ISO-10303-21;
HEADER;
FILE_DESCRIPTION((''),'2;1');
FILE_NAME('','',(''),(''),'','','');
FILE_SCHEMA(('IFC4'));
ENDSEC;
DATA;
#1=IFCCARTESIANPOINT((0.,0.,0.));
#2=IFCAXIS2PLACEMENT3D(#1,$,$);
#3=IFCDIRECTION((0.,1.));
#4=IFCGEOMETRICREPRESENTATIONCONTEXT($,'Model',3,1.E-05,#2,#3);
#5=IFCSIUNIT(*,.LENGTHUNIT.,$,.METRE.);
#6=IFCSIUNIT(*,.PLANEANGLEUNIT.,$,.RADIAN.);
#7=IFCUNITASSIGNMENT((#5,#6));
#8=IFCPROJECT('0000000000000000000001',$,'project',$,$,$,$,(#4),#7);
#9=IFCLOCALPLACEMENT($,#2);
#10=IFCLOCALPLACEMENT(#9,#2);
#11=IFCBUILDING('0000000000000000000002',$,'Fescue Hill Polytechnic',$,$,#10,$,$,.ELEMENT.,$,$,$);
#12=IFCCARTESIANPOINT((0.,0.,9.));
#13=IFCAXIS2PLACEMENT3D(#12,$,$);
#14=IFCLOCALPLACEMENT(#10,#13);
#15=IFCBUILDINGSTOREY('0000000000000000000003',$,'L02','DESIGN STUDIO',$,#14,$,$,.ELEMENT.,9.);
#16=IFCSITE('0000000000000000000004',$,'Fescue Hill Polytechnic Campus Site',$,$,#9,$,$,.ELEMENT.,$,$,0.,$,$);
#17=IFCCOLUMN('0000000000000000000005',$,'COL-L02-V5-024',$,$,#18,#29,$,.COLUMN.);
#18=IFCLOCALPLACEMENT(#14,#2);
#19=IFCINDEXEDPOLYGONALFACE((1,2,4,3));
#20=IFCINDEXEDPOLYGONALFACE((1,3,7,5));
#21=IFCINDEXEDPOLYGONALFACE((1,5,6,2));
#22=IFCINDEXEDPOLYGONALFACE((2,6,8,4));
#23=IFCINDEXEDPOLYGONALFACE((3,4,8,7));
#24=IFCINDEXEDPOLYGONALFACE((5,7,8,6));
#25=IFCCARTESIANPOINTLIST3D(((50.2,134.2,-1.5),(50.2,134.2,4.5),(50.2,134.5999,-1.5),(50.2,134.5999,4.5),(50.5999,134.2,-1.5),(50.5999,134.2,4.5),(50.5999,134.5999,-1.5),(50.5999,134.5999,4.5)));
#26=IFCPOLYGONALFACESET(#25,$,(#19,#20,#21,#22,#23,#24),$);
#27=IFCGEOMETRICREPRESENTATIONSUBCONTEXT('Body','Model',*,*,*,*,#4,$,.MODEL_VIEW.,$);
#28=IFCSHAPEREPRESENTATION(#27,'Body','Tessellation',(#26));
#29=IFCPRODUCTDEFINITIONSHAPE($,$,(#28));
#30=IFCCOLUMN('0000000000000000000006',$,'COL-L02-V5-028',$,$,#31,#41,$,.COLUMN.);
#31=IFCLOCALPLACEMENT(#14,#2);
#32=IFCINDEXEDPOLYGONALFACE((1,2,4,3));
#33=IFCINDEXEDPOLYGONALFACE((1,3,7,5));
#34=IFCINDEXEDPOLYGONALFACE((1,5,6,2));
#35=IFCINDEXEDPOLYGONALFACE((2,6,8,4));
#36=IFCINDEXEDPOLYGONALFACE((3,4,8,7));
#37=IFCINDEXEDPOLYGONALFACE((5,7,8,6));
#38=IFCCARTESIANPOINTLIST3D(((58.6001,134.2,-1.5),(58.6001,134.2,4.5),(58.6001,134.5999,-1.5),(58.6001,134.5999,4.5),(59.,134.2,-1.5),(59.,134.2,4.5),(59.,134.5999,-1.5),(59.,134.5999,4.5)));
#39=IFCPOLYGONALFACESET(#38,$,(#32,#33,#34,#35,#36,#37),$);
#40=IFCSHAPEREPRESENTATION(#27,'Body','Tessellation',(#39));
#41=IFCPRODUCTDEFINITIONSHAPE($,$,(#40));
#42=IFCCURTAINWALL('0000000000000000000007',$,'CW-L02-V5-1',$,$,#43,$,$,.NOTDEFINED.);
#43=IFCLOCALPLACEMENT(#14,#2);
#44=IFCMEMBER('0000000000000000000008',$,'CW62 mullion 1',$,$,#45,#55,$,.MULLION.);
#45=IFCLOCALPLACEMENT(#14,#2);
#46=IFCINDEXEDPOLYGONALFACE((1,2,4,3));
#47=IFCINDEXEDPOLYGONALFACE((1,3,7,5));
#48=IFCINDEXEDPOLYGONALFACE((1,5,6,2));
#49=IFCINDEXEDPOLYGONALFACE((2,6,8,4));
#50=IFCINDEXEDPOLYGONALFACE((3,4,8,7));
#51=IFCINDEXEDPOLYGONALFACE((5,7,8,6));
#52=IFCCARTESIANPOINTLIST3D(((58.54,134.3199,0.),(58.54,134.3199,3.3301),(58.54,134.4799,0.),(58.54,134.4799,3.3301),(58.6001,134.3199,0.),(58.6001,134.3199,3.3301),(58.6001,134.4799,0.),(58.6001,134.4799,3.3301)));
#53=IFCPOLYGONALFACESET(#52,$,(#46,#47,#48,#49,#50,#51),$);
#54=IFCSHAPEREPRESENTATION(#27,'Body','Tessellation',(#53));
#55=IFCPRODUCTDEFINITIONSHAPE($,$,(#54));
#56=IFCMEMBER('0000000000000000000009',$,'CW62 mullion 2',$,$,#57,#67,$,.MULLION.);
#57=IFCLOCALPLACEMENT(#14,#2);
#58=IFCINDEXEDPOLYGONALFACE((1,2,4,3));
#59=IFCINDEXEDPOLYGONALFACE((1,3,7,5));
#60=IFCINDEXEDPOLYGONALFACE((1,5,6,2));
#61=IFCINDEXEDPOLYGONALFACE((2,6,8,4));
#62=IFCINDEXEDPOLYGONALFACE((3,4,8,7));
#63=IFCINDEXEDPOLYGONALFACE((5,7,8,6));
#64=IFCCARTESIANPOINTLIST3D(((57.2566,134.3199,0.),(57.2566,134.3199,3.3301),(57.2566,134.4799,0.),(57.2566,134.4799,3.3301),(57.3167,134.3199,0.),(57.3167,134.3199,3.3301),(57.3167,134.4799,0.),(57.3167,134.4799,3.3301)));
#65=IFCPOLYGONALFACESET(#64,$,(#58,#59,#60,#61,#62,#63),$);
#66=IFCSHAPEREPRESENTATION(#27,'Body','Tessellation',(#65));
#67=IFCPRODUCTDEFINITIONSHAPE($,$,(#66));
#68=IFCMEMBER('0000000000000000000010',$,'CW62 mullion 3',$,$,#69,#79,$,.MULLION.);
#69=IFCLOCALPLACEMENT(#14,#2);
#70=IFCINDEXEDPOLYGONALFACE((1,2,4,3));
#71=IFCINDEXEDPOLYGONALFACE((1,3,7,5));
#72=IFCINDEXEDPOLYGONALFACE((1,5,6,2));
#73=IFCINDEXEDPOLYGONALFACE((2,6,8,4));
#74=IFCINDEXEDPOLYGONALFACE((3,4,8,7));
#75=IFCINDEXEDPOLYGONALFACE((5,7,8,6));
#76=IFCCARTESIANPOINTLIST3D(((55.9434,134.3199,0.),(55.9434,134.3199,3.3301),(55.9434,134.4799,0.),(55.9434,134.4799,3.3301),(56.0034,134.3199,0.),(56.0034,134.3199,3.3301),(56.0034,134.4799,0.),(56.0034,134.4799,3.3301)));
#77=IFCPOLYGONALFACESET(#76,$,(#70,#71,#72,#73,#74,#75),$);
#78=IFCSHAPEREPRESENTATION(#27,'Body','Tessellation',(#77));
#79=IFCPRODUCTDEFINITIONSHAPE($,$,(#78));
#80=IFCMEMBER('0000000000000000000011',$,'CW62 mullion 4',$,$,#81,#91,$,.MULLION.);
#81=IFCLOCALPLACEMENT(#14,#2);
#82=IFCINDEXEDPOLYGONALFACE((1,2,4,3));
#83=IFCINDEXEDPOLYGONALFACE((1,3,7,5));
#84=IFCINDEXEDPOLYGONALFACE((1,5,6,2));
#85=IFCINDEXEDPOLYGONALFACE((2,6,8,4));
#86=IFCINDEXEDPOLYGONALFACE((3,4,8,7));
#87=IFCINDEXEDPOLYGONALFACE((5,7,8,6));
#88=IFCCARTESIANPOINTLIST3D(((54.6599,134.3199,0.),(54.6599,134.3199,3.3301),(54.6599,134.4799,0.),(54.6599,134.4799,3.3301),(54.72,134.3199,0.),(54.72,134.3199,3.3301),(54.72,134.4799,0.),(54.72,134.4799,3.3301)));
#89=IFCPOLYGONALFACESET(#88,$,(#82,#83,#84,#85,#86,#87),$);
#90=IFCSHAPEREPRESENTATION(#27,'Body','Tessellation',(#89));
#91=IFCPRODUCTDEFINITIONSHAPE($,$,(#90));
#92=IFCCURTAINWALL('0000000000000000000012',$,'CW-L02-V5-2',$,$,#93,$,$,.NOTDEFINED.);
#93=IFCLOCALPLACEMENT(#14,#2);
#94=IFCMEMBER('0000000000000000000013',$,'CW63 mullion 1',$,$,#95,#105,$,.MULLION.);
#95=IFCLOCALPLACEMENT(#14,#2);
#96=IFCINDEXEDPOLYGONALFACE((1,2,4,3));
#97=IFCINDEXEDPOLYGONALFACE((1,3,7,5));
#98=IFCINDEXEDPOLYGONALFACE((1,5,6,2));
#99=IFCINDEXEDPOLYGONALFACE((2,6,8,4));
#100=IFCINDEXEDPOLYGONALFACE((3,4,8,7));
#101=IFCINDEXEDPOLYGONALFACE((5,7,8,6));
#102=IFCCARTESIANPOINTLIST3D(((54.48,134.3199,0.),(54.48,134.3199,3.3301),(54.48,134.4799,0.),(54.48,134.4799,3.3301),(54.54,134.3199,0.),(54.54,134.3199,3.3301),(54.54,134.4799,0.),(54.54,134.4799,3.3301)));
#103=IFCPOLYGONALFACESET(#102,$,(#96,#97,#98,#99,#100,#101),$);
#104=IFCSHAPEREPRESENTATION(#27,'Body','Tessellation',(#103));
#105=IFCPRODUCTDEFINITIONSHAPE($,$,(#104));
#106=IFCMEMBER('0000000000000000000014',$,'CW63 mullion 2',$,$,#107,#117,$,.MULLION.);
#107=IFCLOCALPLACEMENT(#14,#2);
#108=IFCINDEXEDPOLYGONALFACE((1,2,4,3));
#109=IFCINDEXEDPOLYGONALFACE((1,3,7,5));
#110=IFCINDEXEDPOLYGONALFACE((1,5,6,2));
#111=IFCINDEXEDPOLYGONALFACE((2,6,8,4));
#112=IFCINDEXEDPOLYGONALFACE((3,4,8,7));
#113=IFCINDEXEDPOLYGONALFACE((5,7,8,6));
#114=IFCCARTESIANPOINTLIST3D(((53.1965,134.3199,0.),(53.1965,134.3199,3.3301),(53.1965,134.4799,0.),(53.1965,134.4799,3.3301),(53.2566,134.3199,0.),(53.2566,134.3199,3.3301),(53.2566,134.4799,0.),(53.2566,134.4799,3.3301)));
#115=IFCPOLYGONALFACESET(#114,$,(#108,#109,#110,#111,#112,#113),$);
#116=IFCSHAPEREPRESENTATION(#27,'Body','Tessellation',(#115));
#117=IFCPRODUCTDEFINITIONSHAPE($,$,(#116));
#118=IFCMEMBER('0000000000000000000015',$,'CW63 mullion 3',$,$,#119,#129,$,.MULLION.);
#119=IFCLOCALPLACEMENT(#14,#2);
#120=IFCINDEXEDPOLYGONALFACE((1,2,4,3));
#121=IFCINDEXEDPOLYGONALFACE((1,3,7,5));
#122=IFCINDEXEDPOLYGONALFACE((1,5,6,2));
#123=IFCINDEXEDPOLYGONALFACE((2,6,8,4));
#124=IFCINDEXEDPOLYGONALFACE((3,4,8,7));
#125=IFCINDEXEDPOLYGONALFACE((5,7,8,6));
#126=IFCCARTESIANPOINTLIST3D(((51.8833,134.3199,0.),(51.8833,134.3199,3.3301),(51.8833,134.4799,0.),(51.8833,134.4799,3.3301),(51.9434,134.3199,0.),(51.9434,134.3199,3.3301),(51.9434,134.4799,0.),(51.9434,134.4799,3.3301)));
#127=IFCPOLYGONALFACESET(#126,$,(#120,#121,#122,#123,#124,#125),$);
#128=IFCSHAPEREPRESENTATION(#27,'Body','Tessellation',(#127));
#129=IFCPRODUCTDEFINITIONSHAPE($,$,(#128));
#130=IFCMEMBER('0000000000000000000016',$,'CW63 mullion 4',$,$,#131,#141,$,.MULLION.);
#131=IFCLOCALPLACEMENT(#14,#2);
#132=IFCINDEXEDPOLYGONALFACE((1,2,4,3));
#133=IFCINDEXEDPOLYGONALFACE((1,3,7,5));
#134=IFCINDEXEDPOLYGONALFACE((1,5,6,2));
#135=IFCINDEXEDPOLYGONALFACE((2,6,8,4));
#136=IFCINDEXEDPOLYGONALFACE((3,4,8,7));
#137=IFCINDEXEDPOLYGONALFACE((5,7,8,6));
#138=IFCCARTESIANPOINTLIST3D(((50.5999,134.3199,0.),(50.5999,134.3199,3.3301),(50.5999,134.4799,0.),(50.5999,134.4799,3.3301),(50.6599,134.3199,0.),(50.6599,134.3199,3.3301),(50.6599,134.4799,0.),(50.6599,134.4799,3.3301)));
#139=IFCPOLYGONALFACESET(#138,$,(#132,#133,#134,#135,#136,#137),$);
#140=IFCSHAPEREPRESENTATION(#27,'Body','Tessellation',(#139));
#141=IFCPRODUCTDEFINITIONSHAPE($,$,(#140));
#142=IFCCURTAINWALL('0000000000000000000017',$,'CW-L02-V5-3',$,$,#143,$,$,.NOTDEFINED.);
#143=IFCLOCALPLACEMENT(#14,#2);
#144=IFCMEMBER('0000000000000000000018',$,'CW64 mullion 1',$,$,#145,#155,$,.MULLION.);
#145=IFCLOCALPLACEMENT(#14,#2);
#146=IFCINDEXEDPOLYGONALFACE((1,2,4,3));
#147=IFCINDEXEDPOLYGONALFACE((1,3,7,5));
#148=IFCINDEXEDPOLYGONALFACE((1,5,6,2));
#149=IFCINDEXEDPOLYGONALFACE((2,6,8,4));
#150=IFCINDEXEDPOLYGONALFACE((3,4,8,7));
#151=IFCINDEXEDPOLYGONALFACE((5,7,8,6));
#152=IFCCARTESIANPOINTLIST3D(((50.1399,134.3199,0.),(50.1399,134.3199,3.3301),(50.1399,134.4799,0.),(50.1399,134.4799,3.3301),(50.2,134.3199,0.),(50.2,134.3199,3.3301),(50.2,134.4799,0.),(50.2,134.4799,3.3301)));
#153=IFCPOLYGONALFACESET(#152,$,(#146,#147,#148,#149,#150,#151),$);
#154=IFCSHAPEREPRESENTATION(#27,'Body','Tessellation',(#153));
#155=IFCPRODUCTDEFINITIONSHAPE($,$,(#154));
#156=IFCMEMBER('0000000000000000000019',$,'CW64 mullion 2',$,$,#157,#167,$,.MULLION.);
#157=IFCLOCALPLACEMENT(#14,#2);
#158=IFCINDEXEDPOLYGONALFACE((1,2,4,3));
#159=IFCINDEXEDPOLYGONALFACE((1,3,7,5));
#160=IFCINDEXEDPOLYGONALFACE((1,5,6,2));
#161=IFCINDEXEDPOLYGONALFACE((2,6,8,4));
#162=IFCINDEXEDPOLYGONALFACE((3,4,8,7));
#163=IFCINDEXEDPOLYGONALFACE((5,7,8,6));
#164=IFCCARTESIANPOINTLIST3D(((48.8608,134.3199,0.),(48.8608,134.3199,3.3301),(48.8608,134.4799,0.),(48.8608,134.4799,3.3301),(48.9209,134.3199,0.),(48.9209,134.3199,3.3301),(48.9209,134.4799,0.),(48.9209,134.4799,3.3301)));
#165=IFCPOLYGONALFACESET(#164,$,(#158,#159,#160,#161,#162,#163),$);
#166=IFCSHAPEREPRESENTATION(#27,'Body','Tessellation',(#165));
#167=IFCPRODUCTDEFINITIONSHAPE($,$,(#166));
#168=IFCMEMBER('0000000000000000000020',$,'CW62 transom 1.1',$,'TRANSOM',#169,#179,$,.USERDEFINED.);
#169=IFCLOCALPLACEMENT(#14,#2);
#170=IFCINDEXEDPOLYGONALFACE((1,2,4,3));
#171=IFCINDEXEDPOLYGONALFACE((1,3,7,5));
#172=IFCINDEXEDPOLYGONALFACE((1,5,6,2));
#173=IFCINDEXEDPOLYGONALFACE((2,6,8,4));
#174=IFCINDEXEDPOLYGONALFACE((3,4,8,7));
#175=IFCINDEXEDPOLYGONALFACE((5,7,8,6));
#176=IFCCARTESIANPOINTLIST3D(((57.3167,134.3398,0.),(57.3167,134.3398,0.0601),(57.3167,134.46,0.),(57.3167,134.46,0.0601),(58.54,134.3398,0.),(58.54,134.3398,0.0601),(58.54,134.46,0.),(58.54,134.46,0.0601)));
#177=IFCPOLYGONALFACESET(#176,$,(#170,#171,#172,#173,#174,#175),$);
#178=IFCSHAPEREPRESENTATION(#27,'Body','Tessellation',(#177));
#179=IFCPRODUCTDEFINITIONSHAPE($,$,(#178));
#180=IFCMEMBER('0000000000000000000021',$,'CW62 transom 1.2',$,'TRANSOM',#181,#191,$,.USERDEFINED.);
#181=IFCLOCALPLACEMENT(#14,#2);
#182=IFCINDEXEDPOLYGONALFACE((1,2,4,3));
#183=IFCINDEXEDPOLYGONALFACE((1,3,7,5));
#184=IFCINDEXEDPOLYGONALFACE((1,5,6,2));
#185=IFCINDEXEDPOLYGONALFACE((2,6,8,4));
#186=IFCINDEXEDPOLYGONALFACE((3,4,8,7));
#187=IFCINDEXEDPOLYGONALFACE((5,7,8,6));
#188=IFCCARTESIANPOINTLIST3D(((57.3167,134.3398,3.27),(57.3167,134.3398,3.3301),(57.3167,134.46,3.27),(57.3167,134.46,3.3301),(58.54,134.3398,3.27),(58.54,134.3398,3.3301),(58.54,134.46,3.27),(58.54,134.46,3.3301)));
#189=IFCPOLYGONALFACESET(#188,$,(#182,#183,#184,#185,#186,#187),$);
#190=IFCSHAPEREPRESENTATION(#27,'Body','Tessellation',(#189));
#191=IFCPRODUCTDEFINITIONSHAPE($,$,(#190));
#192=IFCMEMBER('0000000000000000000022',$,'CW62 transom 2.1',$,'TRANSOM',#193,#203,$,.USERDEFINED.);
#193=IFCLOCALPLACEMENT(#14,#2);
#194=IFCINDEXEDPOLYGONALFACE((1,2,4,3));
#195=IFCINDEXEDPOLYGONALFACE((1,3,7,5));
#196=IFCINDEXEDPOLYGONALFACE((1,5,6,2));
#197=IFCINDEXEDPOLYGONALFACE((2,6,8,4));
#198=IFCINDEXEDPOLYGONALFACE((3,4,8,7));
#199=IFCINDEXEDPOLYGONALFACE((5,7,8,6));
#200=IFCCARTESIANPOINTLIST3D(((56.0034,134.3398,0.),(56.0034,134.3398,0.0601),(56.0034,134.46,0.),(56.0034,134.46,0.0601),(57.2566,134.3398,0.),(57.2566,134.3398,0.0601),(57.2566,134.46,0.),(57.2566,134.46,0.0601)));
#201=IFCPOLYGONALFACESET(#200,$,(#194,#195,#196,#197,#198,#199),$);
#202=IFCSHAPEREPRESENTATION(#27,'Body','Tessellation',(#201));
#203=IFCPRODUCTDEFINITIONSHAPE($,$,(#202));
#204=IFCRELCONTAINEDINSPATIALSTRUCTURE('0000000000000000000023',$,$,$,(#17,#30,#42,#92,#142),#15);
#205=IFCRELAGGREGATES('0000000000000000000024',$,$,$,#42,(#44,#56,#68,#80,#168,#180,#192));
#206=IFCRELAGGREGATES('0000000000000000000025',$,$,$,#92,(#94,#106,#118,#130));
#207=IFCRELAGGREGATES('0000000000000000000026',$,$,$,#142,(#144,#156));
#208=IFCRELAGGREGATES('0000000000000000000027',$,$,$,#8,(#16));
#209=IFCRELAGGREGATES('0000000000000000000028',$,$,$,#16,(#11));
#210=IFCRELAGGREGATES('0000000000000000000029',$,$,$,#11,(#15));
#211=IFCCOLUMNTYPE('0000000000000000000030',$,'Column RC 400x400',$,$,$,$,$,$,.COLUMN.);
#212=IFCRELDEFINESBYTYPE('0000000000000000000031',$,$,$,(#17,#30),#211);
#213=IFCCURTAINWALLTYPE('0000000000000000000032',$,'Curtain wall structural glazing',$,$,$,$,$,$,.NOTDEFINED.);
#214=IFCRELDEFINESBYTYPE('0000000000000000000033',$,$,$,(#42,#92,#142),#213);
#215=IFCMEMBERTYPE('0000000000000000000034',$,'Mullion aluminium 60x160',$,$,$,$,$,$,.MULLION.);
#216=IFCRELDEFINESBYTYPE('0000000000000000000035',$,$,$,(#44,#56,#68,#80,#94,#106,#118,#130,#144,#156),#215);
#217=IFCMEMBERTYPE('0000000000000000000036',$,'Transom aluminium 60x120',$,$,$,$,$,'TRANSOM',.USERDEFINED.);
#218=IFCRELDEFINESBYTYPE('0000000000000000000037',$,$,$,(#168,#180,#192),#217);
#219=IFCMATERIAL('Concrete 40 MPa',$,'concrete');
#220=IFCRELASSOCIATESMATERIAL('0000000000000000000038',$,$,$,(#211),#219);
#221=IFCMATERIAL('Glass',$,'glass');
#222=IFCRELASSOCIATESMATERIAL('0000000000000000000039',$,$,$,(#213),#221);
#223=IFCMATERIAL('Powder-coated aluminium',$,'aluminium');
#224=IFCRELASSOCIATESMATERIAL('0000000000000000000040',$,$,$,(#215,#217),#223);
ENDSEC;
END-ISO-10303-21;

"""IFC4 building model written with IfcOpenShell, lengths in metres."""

from ifc_helpers import new_model, si_unit, direction, frame, origin, origin_2d, place, context, subcontext, project, spatial, rectangle, extrude, material, material_profile, profile_set, type_object, element, aggregate, save


model = new_model("IFC4")

# Units and contexts
model_context = context("Model", 3, precision=1e-05, world=origin(), true_north=direction((0.0, 1.0)))
body_context = subcontext(model_context, "Body", "Model", "MODEL_VIEW")
ifc_project = project(units=[si_unit("LENGTHUNIT", "METRE"), si_unit("PLANEANGLEUNIT", "RADIAN")], contexts=[model_context])

# Site, building, storey
site_placement = place(None, origin())
site = spatial("IfcSite", under=ifc_project, at=site_placement, Name="Fescue Hill Polytechnic Campus Site", CompositionType="ELEMENT", RefElevation=0.0)
building_placement = place(site_placement, origin())
building = spatial("IfcBuilding", under=site, at=building_placement, Name="Fescue Hill Polytechnic", CompositionType="ELEMENT")
storey_placement = place(building_placement, frame((0.0, 0.0, 9.0)))
storey = spatial("IfcBuildingStorey", under=building, at=storey_placement, Name="L02", Description="DESIGN STUDIO", CompositionType="ELEMENT", Elevation=9.0)

# Columns
ifc_material_1 = material(Name="Concrete 40 MPa", Category="concrete")
ifc_material_profile_1 = material_profile(ifc_material_1, rectangle(XDim=0.3999, YDim=0.3999, at=origin_2d()), Name="RC 400x400")
ifc_profile_set_1 = profile_set([ifc_material_profile_1], Name="Concrete 40 MPa")
column_type = type_object("IfcColumnType", Name="Column RC 400x400", PredefinedType="COLUMN", material=ifc_profile_set_1)
for number, where, z_axis, x_axis, name in (
    (1, (50.3999, 134.3999, -1.5), (0.0, 0.0, 1.0), (1.0, 0.0, 0.0), "COL-L02-V5-024"),
    (2, (58.8, 134.3999, -1.5), (0.0, 0.0, 1.0), (1.0, 0.0, 0.0), "COL-L02-V5-028"),
):
    element("IfcColumn", number, at=place(storey_placement, frame(where, z_axis=z_axis, x_axis=x_axis)), inside=storey, type_object=column_type, Name=name, PredefinedType="COLUMN", context=body_context, shape_type="SweptSolid", body=[
        extrude(rectangle(XDim=0.3999, YDim=0.3999, at=origin_2d()), origin(), (0.0, 0.0, 1.0), 6.0),
    ])

# Curtain walls, members
ifc_material_2 = material(Name="Glass", Category="glass")
curtain_wall_type = type_object("IfcCurtainWallType", Name="Curtain wall structural glazing", PredefinedType="NOTDEFINED", material=ifc_material_2)
curtain_wall_1_placement = place(storey_placement, origin())
curtain_wall_1 = element("IfcCurtainWall", 3, at=curtain_wall_1_placement, inside=storey, type_object=curtain_wall_type, Name="CW-L02-V5-1", PredefinedType="NOTDEFINED")
ifc_material_3 = material(Name="Powder-coated aluminium", Category="aluminium")
ifc_material_profile_2 = material_profile(ifc_material_3, rectangle(XDim=0.1599, YDim=0.0601, at=origin_2d()), Name="Mullion aluminium 60x160")
ifc_profile_set_2 = profile_set([ifc_material_profile_2], Name="Powder-coated aluminium")
member_type_1 = type_object("IfcMemberType", Name="Mullion aluminium 60x160", PredefinedType="MULLION", material=ifc_profile_set_2)
member_1_placement = place(storey_placement, frame((58.5701, 134.3999, 0.0), z_axis=(0.0, 0.0, 1.0), x_axis=(0.0, -1.0, 0.0)))
member_1 = element("IfcMember", 4, at=member_1_placement, type_object=member_type_1, Name="CW62 mullion 1", PredefinedType="MULLION", context=body_context, shape_type="SweptSolid", body=[
    extrude(rectangle(XDim=0.1599, YDim=0.0601, at=origin_2d()), origin(), (0.0, 0.0, 1.0), 3.3301),
])
member_2_placement = place(storey_placement, frame((57.2866, 134.3999, 0.0), z_axis=(0.0, 0.0, 1.0), x_axis=(0.0, -1.0, 0.0)))
member_2 = element("IfcMember", 5, at=member_2_placement, type_object=member_type_1, Name="CW62 mullion 2", PredefinedType="MULLION", context=body_context, shape_type="SweptSolid", body=[
    extrude(rectangle(XDim=0.1599, YDim=0.0601, at=origin_2d()), origin(), (0.0, 0.0, 1.0), 3.3301),
])
member_3_placement = place(storey_placement, frame((55.9734, 134.3999, 0.0), z_axis=(0.0, 0.0, 1.0), x_axis=(0.0, -1.0, 0.0)))
member_3 = element("IfcMember", 6, at=member_3_placement, type_object=member_type_1, Name="CW62 mullion 3", PredefinedType="MULLION", context=body_context, shape_type="SweptSolid", body=[
    extrude(rectangle(XDim=0.1599, YDim=0.0601, at=origin_2d()), origin(), (0.0, 0.0, 1.0), 3.3301),
])
member_4_placement = place(storey_placement, frame((54.6899, 134.3999, 0.0), z_axis=(0.0, 0.0, 1.0), x_axis=(0.0, -1.0, 0.0)))
member_4 = element("IfcMember", 7, at=member_4_placement, type_object=member_type_1, Name="CW62 mullion 4", PredefinedType="MULLION", context=body_context, shape_type="SweptSolid", body=[
    extrude(rectangle(XDim=0.1599, YDim=0.0601, at=origin_2d()), origin(), (0.0, 0.0, 1.0), 3.3301),
])
curtain_wall_2_placement = place(storey_placement, origin())
curtain_wall_2 = element("IfcCurtainWall", 8, at=curtain_wall_2_placement, inside=storey, type_object=curtain_wall_type, Name="CW-L02-V5-2", PredefinedType="NOTDEFINED")
member_5_placement = place(storey_placement, frame((54.51, 134.3999, 0.0), z_axis=(0.0, 0.0, 1.0), x_axis=(0.0, -1.0, 0.0)))
member_5 = element("IfcMember", 9, at=member_5_placement, type_object=member_type_1, Name="CW63 mullion 1", PredefinedType="MULLION", context=body_context, shape_type="SweptSolid", body=[
    extrude(rectangle(XDim=0.1599, YDim=0.0601, at=origin_2d()), origin(), (0.0, 0.0, 1.0), 3.3301),
])
member_6_placement = place(storey_placement, frame((53.2266, 134.3999, 0.0), z_axis=(0.0, 0.0, 1.0), x_axis=(0.0, -1.0, 0.0)))
member_6 = element("IfcMember", 10, at=member_6_placement, type_object=member_type_1, Name="CW63 mullion 2", PredefinedType="MULLION", context=body_context, shape_type="SweptSolid", body=[
    extrude(rectangle(XDim=0.1599, YDim=0.0601, at=origin_2d()), origin(), (0.0, 0.0, 1.0), 3.3301),
])
member_7_placement = place(storey_placement, frame((51.9133, 134.3999, 0.0), z_axis=(0.0, 0.0, 1.0), x_axis=(0.0, -1.0, 0.0)))
member_7 = element("IfcMember", 11, at=member_7_placement, type_object=member_type_1, Name="CW63 mullion 3", PredefinedType="MULLION", context=body_context, shape_type="SweptSolid", body=[
    extrude(rectangle(XDim=0.1599, YDim=0.0601, at=origin_2d()), origin(), (0.0, 0.0, 1.0), 3.3301),
])
member_8_placement = place(storey_placement, frame((50.6299, 134.3999, 0.0), z_axis=(0.0, 0.0, 1.0), x_axis=(0.0, -1.0, 0.0)))
member_8 = element("IfcMember", 12, at=member_8_placement, type_object=member_type_1, Name="CW63 mullion 4", PredefinedType="MULLION", context=body_context, shape_type="SweptSolid", body=[
    extrude(rectangle(XDim=0.1599, YDim=0.0601, at=origin_2d()), origin(), (0.0, 0.0, 1.0), 3.3301),
])
curtain_wall_3_placement = place(storey_placement, origin())
curtain_wall_3 = element("IfcCurtainWall", 13, at=curtain_wall_3_placement, inside=storey, type_object=curtain_wall_type, Name="CW-L02-V5-3", PredefinedType="NOTDEFINED")
member_9_placement = place(storey_placement, frame((50.1699, 134.3999, 0.0), z_axis=(0.0, 0.0, 1.0), x_axis=(0.0, -1.0, 0.0)))
member_9 = element("IfcMember", 14, at=member_9_placement, type_object=member_type_1, Name="CW64 mullion 1", PredefinedType="MULLION", context=body_context, shape_type="SweptSolid", body=[
    extrude(rectangle(XDim=0.1599, YDim=0.0601, at=origin_2d()), origin(), (0.0, 0.0, 1.0), 3.3301),
])
member_10_placement = place(storey_placement, frame((48.8909, 134.3999, 0.0), z_axis=(0.0, 0.0, 1.0), x_axis=(0.0, -1.0, 0.0)))
member_10 = element("IfcMember", 15, at=member_10_placement, type_object=member_type_1, Name="CW64 mullion 2", PredefinedType="MULLION", context=body_context, shape_type="SweptSolid", body=[
    extrude(rectangle(XDim=0.1599, YDim=0.0601, at=origin_2d()), origin(), (0.0, 0.0, 1.0), 3.3301),
])

# Members
ifc_material_profile_3 = material_profile(ifc_material_3, rectangle(XDim=0.1201, YDim=0.0601, at=origin_2d()), Name="Transom aluminium 60x120")
ifc_profile_set_3 = profile_set([ifc_material_profile_3], Name="Powder-coated aluminium")
member_type_2 = type_object("IfcMemberType", Name="Transom aluminium 60x120", ElementType="TRANSOM", PredefinedType="USERDEFINED", material=ifc_profile_set_3)
member_11_placement = place(storey_placement, frame((58.54, 134.3999, 0.03), z_axis=(-1.0, 0.0, 0.0), x_axis=(0.0, -1.0, 0.0)))
member_11 = element("IfcMember", 16, at=member_11_placement, type_object=member_type_2, Name="CW62 transom 1.1", ObjectType="TRANSOM", PredefinedType="USERDEFINED", context=body_context, shape_type="SweptSolid", body=[
    extrude(rectangle(XDim=0.1201, YDim=0.0601, at=origin_2d()), origin(), (0.0, 0.0, 1.0), 1.2234),
])
member_12_placement = place(storey_placement, frame((58.54, 134.3999, 3.3), z_axis=(-1.0, 0.0, 0.0), x_axis=(0.0, -1.0, 0.0)))
member_12 = element("IfcMember", 17, at=member_12_placement, type_object=member_type_2, Name="CW62 transom 1.2", ObjectType="TRANSOM", PredefinedType="USERDEFINED", context=body_context, shape_type="SweptSolid", body=[
    extrude(rectangle(XDim=0.1201, YDim=0.0601, at=origin_2d()), origin(), (0.0, 0.0, 1.0), 1.2234),
])
member_13_placement = place(storey_placement, frame((57.2566, 134.3999, 0.03), z_axis=(-1.0, 0.0, 0.0), x_axis=(0.0, -1.0, 0.0)))
member_13 = element("IfcMember", 18, at=member_13_placement, type_object=member_type_2, Name="CW62 transom 2.1", ObjectType="TRANSOM", PredefinedType="USERDEFINED", context=body_context, shape_type="SweptSolid", body=[
    extrude(rectangle(XDim=0.1201, YDim=0.0601, at=origin_2d()), origin(), (0.0, 0.0, 1.0), 1.2532),
])

aggregate(curtain_wall_1, [member_1, member_2, member_3, member_4, member_11, member_12, member_13])
aggregate(curtain_wall_2, [member_5, member_6, member_7, member_8])
aggregate(curtain_wall_3, [member_9, member_10])

save(model, "model.ifc")
